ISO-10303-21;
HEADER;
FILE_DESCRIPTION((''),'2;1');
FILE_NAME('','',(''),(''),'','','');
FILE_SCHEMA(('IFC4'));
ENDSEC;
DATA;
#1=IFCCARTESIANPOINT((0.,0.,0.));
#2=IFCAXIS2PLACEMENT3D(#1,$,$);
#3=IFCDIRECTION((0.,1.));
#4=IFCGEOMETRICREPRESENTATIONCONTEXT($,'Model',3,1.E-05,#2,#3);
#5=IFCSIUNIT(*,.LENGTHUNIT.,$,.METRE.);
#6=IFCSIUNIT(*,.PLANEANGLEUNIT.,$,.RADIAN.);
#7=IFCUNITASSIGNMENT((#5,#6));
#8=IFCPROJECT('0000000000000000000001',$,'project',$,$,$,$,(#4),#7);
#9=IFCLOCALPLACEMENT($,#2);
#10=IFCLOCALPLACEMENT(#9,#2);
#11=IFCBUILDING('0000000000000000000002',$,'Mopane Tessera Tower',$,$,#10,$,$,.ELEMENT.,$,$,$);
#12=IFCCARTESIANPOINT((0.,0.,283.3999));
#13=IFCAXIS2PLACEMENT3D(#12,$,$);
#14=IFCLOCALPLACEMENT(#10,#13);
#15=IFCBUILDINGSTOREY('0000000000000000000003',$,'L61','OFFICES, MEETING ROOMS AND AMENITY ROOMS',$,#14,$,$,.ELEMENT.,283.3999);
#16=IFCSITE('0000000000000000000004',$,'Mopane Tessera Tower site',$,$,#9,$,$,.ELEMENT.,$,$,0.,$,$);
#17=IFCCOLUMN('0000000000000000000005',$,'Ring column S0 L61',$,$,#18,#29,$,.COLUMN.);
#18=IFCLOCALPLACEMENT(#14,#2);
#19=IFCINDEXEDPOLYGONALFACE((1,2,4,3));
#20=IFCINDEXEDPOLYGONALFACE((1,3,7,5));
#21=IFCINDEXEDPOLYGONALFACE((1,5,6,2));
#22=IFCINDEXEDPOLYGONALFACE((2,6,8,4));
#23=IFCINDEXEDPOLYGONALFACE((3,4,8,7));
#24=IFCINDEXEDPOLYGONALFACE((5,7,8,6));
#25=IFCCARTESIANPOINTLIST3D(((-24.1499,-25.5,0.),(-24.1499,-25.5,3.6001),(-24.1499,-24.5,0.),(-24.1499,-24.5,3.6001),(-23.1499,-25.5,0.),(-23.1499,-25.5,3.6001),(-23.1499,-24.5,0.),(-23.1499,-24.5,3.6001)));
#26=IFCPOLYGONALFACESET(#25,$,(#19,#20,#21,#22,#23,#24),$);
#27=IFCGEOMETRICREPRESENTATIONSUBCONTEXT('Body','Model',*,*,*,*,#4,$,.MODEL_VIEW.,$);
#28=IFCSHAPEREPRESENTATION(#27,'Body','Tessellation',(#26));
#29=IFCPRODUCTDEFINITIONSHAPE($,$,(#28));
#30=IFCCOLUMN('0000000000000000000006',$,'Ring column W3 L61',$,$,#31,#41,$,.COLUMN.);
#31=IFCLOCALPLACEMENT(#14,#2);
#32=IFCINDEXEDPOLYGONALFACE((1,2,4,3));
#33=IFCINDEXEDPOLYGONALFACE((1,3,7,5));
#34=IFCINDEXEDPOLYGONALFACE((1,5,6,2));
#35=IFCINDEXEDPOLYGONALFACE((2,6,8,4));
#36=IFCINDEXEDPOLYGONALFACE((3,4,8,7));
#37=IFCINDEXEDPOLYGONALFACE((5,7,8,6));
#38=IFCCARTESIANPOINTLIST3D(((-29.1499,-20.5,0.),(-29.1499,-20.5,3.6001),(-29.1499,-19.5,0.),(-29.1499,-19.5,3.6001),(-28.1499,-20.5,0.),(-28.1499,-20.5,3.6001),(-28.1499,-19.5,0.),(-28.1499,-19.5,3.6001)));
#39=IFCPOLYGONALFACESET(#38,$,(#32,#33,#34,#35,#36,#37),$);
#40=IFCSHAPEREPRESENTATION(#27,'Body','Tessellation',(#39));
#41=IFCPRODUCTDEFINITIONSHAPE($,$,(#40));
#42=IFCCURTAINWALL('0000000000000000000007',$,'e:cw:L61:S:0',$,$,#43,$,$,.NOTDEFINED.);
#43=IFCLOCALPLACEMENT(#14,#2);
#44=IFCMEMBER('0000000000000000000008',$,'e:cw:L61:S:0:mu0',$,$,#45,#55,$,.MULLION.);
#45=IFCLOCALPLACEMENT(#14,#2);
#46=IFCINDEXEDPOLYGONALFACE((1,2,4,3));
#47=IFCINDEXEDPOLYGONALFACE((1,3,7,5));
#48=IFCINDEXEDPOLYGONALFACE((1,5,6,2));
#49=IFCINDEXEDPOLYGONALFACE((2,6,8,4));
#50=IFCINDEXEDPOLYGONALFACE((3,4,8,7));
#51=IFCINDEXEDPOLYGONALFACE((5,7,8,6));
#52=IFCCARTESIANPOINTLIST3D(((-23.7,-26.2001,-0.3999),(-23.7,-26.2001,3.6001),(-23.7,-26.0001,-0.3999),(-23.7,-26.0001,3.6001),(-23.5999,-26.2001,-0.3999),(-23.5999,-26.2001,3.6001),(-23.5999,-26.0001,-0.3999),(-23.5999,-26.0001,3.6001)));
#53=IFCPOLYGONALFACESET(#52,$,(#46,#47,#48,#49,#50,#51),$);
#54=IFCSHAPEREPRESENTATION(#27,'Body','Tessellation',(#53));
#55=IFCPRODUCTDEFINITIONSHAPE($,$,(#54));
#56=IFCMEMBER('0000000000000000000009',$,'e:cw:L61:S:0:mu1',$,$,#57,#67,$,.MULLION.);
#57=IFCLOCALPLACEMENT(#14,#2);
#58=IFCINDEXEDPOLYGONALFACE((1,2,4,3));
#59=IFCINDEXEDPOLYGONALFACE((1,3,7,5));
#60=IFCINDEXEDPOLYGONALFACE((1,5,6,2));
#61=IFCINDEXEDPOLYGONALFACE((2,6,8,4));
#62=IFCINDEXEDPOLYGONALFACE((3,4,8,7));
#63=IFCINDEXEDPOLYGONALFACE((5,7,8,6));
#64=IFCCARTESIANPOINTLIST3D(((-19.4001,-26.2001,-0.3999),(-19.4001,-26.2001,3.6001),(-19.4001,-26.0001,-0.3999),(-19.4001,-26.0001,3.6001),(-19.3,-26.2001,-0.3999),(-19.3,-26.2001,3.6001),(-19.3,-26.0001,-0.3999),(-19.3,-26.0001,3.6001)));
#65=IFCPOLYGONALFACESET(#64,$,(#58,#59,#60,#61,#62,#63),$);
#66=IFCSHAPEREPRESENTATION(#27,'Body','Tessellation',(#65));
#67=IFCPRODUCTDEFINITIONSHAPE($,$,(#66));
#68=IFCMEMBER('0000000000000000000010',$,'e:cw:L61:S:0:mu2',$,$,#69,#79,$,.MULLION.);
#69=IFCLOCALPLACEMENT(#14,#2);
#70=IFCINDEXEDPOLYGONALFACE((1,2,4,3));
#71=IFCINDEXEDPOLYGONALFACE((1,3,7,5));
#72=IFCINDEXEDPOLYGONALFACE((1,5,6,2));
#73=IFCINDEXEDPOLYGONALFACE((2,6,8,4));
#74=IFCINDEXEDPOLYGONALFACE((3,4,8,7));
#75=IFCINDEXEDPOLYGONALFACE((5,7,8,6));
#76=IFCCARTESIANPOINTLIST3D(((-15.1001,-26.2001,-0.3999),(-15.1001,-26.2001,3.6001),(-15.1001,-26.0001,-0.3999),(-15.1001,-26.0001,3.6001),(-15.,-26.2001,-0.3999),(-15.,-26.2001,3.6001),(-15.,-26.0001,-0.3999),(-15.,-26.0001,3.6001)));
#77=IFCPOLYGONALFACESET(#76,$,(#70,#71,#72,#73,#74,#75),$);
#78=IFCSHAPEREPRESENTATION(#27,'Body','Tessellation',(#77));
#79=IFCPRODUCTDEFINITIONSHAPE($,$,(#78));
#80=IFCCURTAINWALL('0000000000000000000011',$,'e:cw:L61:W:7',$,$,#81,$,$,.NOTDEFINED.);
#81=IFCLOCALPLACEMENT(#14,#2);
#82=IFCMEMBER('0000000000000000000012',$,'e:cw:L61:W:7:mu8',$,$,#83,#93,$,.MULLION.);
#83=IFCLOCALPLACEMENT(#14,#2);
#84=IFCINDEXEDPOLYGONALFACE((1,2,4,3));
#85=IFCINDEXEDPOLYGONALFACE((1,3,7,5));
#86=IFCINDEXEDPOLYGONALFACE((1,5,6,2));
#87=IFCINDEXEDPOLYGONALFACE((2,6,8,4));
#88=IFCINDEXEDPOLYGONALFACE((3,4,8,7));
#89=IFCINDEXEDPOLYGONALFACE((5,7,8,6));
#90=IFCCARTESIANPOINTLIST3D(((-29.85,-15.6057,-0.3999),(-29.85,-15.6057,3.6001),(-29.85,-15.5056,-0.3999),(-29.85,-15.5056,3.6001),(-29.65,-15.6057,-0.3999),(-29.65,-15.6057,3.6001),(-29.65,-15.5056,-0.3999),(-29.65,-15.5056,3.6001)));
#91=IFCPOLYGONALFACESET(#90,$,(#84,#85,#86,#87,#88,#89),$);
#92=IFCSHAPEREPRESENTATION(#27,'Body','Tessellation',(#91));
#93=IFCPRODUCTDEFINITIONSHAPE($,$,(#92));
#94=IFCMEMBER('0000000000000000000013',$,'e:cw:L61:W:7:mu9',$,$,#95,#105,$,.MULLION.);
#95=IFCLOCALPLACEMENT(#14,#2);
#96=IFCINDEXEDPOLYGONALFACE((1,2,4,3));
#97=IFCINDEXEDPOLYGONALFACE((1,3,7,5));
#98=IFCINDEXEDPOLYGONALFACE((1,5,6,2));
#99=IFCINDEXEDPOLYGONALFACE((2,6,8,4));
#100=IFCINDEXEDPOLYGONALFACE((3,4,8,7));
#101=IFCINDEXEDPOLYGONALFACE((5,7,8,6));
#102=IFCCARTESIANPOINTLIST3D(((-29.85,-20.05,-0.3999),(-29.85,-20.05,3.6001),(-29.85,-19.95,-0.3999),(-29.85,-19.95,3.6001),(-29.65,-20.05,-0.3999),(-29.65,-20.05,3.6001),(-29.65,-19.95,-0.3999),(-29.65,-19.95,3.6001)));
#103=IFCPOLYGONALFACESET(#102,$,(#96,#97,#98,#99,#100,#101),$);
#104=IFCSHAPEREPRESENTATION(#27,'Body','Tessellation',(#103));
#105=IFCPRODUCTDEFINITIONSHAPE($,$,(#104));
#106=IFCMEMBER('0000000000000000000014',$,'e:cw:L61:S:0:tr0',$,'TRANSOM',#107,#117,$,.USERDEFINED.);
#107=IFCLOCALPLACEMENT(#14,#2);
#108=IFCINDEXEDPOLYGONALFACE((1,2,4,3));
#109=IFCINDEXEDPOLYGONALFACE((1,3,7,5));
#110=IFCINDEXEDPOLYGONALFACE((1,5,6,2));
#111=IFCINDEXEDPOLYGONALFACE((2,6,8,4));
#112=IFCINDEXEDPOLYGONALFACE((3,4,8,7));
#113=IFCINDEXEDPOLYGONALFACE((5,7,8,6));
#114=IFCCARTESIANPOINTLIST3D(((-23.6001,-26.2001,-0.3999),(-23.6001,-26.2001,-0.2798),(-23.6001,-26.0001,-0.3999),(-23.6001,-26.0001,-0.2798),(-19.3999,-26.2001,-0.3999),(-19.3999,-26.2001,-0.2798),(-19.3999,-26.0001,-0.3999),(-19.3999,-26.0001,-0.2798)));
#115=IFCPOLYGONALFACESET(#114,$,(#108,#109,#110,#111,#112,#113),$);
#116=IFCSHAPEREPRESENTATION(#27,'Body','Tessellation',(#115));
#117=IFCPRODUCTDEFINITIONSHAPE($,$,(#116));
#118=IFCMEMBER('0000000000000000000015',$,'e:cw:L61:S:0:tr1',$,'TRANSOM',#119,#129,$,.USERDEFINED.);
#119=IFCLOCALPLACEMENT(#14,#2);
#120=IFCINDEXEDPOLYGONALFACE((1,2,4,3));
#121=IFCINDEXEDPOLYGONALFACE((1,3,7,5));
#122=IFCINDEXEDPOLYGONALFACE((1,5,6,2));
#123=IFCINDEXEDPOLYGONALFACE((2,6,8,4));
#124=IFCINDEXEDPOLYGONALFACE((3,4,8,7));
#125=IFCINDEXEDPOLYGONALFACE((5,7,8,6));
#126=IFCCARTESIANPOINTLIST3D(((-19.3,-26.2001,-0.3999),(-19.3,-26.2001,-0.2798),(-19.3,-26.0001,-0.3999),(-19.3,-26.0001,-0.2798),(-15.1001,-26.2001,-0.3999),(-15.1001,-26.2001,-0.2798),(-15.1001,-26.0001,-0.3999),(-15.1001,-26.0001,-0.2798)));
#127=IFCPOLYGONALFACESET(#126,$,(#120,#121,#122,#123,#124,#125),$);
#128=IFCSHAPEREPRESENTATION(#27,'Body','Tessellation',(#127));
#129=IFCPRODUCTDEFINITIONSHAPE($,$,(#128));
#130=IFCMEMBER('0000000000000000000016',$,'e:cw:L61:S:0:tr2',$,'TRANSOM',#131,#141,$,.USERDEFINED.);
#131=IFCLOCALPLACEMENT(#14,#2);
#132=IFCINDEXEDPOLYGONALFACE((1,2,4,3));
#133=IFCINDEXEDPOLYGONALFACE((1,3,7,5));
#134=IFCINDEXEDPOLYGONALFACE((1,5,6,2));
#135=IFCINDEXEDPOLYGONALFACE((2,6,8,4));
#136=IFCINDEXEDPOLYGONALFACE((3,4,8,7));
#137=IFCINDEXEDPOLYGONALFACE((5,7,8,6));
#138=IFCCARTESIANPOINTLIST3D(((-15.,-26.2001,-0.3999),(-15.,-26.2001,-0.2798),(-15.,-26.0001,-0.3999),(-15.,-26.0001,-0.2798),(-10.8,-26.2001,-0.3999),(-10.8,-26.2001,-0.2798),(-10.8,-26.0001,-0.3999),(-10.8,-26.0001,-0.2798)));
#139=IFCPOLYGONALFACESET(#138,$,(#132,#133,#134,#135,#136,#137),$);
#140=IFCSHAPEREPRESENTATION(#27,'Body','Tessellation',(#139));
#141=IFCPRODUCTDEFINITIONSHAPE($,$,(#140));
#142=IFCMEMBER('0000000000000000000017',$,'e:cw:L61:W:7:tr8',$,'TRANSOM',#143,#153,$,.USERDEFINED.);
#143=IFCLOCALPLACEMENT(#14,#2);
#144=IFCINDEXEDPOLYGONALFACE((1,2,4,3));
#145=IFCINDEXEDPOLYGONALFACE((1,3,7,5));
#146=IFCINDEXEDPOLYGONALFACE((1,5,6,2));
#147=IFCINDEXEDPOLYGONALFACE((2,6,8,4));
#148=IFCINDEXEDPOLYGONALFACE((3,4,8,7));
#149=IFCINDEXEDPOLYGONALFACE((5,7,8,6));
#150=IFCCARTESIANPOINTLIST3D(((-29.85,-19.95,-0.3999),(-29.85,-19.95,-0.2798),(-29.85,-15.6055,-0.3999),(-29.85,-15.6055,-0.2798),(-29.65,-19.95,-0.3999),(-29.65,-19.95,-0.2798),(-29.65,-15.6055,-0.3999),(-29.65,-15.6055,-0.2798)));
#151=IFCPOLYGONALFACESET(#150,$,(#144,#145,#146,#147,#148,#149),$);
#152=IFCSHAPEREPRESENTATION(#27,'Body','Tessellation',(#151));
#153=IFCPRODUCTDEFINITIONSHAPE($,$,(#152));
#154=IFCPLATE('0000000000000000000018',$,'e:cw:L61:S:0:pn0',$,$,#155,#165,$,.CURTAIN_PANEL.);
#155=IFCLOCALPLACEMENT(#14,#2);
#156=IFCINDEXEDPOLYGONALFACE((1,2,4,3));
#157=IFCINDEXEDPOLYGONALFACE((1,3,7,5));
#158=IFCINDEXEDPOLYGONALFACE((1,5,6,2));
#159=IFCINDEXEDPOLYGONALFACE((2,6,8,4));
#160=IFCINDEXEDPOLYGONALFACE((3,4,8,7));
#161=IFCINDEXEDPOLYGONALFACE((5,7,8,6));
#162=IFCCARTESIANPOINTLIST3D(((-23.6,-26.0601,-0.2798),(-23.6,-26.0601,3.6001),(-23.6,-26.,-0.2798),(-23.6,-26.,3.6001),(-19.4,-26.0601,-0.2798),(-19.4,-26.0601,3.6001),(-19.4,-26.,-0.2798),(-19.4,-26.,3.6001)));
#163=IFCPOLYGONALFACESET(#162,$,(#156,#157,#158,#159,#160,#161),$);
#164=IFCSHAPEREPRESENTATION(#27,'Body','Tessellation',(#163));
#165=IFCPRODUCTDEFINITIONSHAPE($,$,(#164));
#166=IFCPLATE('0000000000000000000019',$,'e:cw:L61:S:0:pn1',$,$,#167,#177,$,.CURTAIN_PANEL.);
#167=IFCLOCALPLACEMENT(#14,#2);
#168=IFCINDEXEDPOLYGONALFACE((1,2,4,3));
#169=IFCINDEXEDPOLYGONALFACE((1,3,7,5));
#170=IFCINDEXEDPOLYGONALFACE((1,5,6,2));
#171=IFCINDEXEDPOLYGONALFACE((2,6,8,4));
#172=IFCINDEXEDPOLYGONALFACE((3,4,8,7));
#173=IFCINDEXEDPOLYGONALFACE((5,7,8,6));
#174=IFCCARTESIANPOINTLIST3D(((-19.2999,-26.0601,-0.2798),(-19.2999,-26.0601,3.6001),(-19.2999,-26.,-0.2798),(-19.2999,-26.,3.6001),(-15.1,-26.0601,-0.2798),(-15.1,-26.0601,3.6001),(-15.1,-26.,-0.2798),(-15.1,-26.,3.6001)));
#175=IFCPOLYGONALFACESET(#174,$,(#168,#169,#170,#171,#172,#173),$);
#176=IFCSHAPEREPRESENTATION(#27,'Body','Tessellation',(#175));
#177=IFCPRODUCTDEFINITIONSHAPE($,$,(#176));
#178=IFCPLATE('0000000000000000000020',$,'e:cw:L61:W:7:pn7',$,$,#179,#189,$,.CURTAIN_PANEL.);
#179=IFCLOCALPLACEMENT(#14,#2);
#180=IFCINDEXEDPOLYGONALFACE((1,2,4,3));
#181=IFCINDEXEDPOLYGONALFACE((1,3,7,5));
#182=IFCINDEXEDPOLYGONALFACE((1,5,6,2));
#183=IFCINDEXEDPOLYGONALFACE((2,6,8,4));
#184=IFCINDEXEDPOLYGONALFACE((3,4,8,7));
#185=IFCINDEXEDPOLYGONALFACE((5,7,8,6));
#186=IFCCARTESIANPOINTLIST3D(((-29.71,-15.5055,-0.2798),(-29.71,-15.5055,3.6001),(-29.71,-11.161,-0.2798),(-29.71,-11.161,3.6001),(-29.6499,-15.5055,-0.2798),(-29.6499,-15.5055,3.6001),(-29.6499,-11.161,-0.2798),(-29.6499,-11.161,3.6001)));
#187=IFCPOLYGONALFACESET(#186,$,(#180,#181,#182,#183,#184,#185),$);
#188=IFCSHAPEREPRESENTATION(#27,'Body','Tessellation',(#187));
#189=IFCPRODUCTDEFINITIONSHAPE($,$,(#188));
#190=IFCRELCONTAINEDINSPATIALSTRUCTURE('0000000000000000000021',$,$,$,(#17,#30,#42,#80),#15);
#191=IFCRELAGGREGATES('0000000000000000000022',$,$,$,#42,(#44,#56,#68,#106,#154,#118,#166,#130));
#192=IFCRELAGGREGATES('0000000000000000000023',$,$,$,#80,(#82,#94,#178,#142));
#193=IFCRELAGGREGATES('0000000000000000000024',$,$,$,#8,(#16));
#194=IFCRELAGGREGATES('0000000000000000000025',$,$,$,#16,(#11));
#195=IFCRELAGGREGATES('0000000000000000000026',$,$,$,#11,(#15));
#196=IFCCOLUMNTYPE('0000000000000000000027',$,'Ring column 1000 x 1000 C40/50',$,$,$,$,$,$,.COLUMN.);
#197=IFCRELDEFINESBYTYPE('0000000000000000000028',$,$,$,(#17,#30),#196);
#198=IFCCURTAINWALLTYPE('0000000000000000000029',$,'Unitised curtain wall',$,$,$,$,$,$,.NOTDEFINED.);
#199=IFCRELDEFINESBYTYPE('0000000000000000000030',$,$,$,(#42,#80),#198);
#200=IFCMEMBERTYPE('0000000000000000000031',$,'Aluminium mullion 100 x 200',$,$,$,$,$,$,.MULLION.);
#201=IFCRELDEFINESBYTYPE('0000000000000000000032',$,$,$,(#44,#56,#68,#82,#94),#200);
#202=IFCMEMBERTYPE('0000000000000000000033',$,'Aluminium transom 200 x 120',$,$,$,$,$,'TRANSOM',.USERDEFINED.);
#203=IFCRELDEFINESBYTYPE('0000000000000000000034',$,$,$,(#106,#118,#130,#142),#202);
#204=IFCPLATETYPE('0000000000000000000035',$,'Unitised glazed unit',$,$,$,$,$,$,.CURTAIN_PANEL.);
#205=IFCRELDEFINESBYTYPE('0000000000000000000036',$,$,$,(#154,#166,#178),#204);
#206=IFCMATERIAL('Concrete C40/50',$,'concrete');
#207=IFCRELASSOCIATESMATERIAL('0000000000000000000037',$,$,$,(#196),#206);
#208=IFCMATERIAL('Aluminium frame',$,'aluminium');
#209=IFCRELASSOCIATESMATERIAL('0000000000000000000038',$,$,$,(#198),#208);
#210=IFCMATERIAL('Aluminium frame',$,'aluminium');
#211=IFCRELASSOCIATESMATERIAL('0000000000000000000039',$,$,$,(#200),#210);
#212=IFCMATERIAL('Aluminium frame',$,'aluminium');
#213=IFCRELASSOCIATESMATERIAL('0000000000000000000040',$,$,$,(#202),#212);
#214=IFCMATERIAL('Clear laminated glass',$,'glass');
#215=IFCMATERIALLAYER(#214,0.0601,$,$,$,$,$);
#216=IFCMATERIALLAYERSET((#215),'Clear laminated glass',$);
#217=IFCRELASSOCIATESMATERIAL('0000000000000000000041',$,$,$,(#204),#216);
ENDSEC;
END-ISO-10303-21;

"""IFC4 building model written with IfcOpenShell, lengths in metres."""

from ifc_helpers import new_model, si_unit, direction, frame, origin, origin_2d, place, context, subcontext, project, spatial, rectangle, extrude, material, layer, layer_set, material_profile, profile_set, type_object, element, aggregate, save


model = new_model("IFC4")

# Units and contexts
model_context = context("Model", 3, precision=1e-05, world=origin(), true_north=direction((0.0, 1.0)))
body_context = subcontext(model_context, "Body", "Model", "MODEL_VIEW")
ifc_project = project(units=[si_unit("LENGTHUNIT", "METRE"), si_unit("PLANEANGLEUNIT", "RADIAN")], contexts=[model_context])

# Site, building, storey
site_placement = place(None, origin())
site = spatial("IfcSite", under=ifc_project, at=site_placement, Name="Mopane Tessera Tower site", CompositionType="ELEMENT", RefElevation=0.0)
building_placement = place(site_placement, origin())
building = spatial("IfcBuilding", under=site, at=building_placement, Name="Mopane Tessera Tower", CompositionType="ELEMENT")
storey_placement = place(building_placement, frame((0.0, 0.0, 283.3999)))
storey = spatial("IfcBuildingStorey", under=building, at=storey_placement, Name="L61", Description="OFFICES, MEETING ROOMS AND AMENITY ROOMS", CompositionType="ELEMENT", Elevation=283.3999)

# Columns
ifc_material_1 = material(Name="Concrete C40/50", Category="concrete")
ifc_material_profile_1 = material_profile(ifc_material_1, rectangle(XDim=1.0, YDim=1.0, at=origin_2d()))
ifc_profile_set_1 = profile_set([ifc_material_profile_1], Name="Concrete C40/50")
column_type = type_object("IfcColumnType", Name="Ring column 1000 x 1000 C40/50", PredefinedType="COLUMN", material=ifc_profile_set_1)
for number, where, z_axis, x_axis, name in (
    (1, (-23.6499, -25.0, 0.0), (0.0, 0.0, 1.0), (1.0, 0.0, 0.0), "Ring column S0 L61"),
    (2, (-28.6499, -20.0, 0.0), (0.0, 0.0, 1.0), (1.0, 0.0, 0.0), "Ring column W3 L61"),
):
    element("IfcColumn", number, at=place(storey_placement, frame(where, z_axis=z_axis, x_axis=x_axis)), inside=storey, type_object=column_type, Name=name, PredefinedType="COLUMN", context=body_context, shape_type="SweptSolid", body=[
        extrude(rectangle(XDim=1.0, YDim=1.0, at=origin_2d()), origin(), (0.0, 0.0, 1.0), 3.6001),
    ])

# Curtain walls, members
ifc_material_2 = material(Name="Aluminium frame", Category="aluminium")
curtain_wall_type = type_object("IfcCurtainWallType", Name="Unitised curtain wall", PredefinedType="NOTDEFINED", material=ifc_material_2)
curtain_wall_1_placement = place(storey_placement, origin())
curtain_wall_1 = element("IfcCurtainWall", 3, at=curtain_wall_1_placement, inside=storey, type_object=curtain_wall_type, Name="e:cw:L61:S:0", PredefinedType="NOTDEFINED")
ifc_material_3 = material(Name="Aluminium frame", Category="aluminium")
ifc_material_profile_2 = material_profile(ifc_material_3, rectangle(XDim=0.1001, YDim=0.2, at=origin_2d()))
ifc_profile_set_2 = profile_set([ifc_material_profile_2], Name="Aluminium frame")
member_type_1 = type_object("IfcMemberType", Name="Aluminium mullion 100 x 200", PredefinedType="MULLION", material=ifc_profile_set_2)
member_1_placement = place(storey_placement, frame((-23.6499, -26.1001, -0.3999), z_axis=(0.0, 0.0, 1.0), x_axis=(1.0, 0.0, 0.0)))
member_1 = element("IfcMember", 4, at=member_1_placement, type_object=member_type_1, Name="e:cw:L61:S:0:mu0", PredefinedType="MULLION", context=body_context, shape_type="SweptSolid", body=[
    extrude(rectangle(XDim=0.1001, YDim=0.2, at=origin_2d()), origin(), (0.0, 0.0, 1.0), 4.0),
])
member_2_placement = place(storey_placement, frame((-19.3501, -26.1001, -0.3999), z_axis=(0.0, 0.0, 1.0), x_axis=(1.0, 0.0, 0.0)))
member_2 = element("IfcMember", 5, at=member_2_placement, type_object=member_type_1, Name="e:cw:L61:S:0:mu1", PredefinedType="MULLION", context=body_context, shape_type="SweptSolid", body=[
    extrude(rectangle(XDim=0.1001, YDim=0.2, at=origin_2d()), origin(), (0.0, 0.0, 1.0), 4.0),
])
member_3_placement = place(storey_placement, frame((-15.05, -26.1001, -0.3999), z_axis=(0.0, 0.0, 1.0), x_axis=(1.0, 0.0, 0.0)))
member_3 = element("IfcMember", 6, at=member_3_placement, type_object=member_type_1, Name="e:cw:L61:S:0:mu2", PredefinedType="MULLION", context=body_context, shape_type="SweptSolid", body=[
    extrude(rectangle(XDim=0.1001, YDim=0.2, at=origin_2d()), origin(), (0.0, 0.0, 1.0), 4.0),
])
curtain_wall_2_placement = place(storey_placement, origin())
curtain_wall_2 = element("IfcCurtainWall", 7, at=curtain_wall_2_placement, inside=storey, type_object=curtain_wall_type, Name="e:cw:L61:W:7", PredefinedType="NOTDEFINED")
member_4_placement = place(storey_placement, frame((-29.75, -15.5557, -0.3999), z_axis=(0.0, 0.0, 1.0), x_axis=(0.0, -1.0, 0.0)))
member_4 = element("IfcMember", 8, at=member_4_placement, type_object=member_type_1, Name="e:cw:L61:W:7:mu8", PredefinedType="MULLION", context=body_context, shape_type="SweptSolid", body=[
    extrude(rectangle(XDim=0.1001, YDim=0.2, at=origin_2d()), origin(), (0.0, 0.0, 1.0), 4.0),
])
member_5_placement = place(storey_placement, frame((-29.75, -20.0, -0.3999), z_axis=(0.0, 0.0, 1.0), x_axis=(0.0, -1.0, 0.0)))
member_5 = element("IfcMember", 9, at=member_5_placement, type_object=member_type_1, Name="e:cw:L61:W:7:mu9", PredefinedType="MULLION", context=body_context, shape_type="SweptSolid", body=[
    extrude(rectangle(XDim=0.1001, YDim=0.2, at=origin_2d()), origin(), (0.0, 0.0, 1.0), 4.0),
])

# Members
ifc_material_4 = material(Name="Aluminium frame", Category="aluminium")
ifc_material_profile_3 = material_profile(ifc_material_4, rectangle(XDim=0.2, YDim=0.1201, at=origin_2d()))
ifc_profile_set_3 = profile_set([ifc_material_profile_3], Name="Aluminium frame")
member_type_2 = type_object("IfcMemberType", Name="Aluminium transom 200 x 120", ElementType="TRANSOM", PredefinedType="USERDEFINED", material=ifc_profile_set_3)
member_6_placement = place(storey_placement, frame((-23.6001, -26.1001, -0.3398), z_axis=(1.0, 0.0, 0.0), x_axis=(0.0, 1.0, 0.0)))
member_6 = element("IfcMember", 10, at=member_6_placement, type_object=member_type_2, Name="e:cw:L61:S:0:tr0", ObjectType="TRANSOM", PredefinedType="USERDEFINED", context=body_context, shape_type="SweptSolid", body=[
    extrude(rectangle(XDim=0.2, YDim=0.1201, at=origin_2d()), origin(), (0.0, 0.0, 1.0), 4.2002),
])
member_7_placement = place(storey_placement, frame((-19.3, -26.1001, -0.3398), z_axis=(1.0, 0.0, 0.0), x_axis=(0.0, 1.0, 0.0)))
member_7 = element("IfcMember", 11, at=member_7_placement, type_object=member_type_2, Name="e:cw:L61:S:0:tr1", ObjectType="TRANSOM", PredefinedType="USERDEFINED", context=body_context, shape_type="SweptSolid", body=[
    extrude(rectangle(XDim=0.2, YDim=0.1201, at=origin_2d()), origin(), (0.0, 0.0, 1.0), 4.2),
])
member_8_placement = place(storey_placement, frame((-15.0, -26.1001, -0.3398), z_axis=(1.0, 0.0, 0.0), x_axis=(0.0, 1.0, 0.0)))
member_8 = element("IfcMember", 12, at=member_8_placement, type_object=member_type_2, Name="e:cw:L61:S:0:tr2", ObjectType="TRANSOM", PredefinedType="USERDEFINED", context=body_context, shape_type="SweptSolid", body=[
    extrude(rectangle(XDim=0.2, YDim=0.1201, at=origin_2d()), origin(), (0.0, 0.0, 1.0), 4.2),
])
member_9_placement = place(storey_placement, frame((-29.75, -15.6055, -0.3398), z_axis=(0.0, -1.0, 0.0), x_axis=(1.0, 0.0, 0.0)))
member_9 = element("IfcMember", 13, at=member_9_placement, type_object=member_type_2, Name="e:cw:L61:W:7:tr8", ObjectType="TRANSOM", PredefinedType="USERDEFINED", context=body_context, shape_type="SweptSolid", body=[
    extrude(rectangle(XDim=0.2, YDim=0.1201, at=origin_2d()), origin(), (0.0, 0.0, 1.0), 4.3445),
])

# Plates
ifc_material_5 = material(Name="Clear laminated glass", Category="glass")
ifc_layer = layer(ifc_material_5, 0.0601)
ifc_layer_set = layer_set([ifc_layer], Name="Clear laminated glass")
plate_type = type_object("IfcPlateType", Name="Unitised glazed unit", PredefinedType="CURTAIN_PANEL", material=ifc_layer_set)
plate_1_placement = place(storey_placement, frame((-21.5, -26.03, -0.2798), z_axis=(0.0, 0.0, 1.0), x_axis=(1.0, 0.0, 0.0)))
plate_1 = element("IfcPlate", 14, at=plate_1_placement, type_object=plate_type, Name="e:cw:L61:S:0:pn0", PredefinedType="CURTAIN_PANEL", context=body_context, shape_type="SweptSolid", body=[
    extrude(rectangle(XDim=4.2, YDim=0.0601, at=origin_2d()), origin(), (0.0, 0.0, 1.0), 3.8799),
])
plate_2_placement = place(storey_placement, frame((-17.2, -26.03, -0.2798), z_axis=(0.0, 0.0, 1.0), x_axis=(1.0, 0.0, 0.0)))
plate_2 = element("IfcPlate", 15, at=plate_2_placement, type_object=plate_type, Name="e:cw:L61:S:0:pn1", PredefinedType="CURTAIN_PANEL", context=body_context, shape_type="SweptSolid", body=[
    extrude(rectangle(XDim=4.2, YDim=0.0601, at=origin_2d()), origin(), (0.0, 0.0, 1.0), 3.8799),
])
aggregate(curtain_wall_1, [member_1, member_2, member_3, member_6, plate_1, member_7, plate_2, member_8])
plate_3_placement = place(storey_placement, frame((-29.6799, -13.3333, -0.2798), z_axis=(0.0, 0.0, 1.0), x_axis=(0.0, -1.0, 0.0)))
plate_3 = element("IfcPlate", 16, at=plate_3_placement, type_object=plate_type, Name="e:cw:L61:W:7:pn7", PredefinedType="CURTAIN_PANEL", context=body_context, shape_type="SweptSolid", body=[
    extrude(rectangle(XDim=4.3445, YDim=0.0601, at=origin_2d()), origin(), (0.0, 0.0, 1.0), 3.8799),
])
aggregate(curtain_wall_2, [member_4, member_5, plate_3, member_9])

save(model, "model.ifc")
